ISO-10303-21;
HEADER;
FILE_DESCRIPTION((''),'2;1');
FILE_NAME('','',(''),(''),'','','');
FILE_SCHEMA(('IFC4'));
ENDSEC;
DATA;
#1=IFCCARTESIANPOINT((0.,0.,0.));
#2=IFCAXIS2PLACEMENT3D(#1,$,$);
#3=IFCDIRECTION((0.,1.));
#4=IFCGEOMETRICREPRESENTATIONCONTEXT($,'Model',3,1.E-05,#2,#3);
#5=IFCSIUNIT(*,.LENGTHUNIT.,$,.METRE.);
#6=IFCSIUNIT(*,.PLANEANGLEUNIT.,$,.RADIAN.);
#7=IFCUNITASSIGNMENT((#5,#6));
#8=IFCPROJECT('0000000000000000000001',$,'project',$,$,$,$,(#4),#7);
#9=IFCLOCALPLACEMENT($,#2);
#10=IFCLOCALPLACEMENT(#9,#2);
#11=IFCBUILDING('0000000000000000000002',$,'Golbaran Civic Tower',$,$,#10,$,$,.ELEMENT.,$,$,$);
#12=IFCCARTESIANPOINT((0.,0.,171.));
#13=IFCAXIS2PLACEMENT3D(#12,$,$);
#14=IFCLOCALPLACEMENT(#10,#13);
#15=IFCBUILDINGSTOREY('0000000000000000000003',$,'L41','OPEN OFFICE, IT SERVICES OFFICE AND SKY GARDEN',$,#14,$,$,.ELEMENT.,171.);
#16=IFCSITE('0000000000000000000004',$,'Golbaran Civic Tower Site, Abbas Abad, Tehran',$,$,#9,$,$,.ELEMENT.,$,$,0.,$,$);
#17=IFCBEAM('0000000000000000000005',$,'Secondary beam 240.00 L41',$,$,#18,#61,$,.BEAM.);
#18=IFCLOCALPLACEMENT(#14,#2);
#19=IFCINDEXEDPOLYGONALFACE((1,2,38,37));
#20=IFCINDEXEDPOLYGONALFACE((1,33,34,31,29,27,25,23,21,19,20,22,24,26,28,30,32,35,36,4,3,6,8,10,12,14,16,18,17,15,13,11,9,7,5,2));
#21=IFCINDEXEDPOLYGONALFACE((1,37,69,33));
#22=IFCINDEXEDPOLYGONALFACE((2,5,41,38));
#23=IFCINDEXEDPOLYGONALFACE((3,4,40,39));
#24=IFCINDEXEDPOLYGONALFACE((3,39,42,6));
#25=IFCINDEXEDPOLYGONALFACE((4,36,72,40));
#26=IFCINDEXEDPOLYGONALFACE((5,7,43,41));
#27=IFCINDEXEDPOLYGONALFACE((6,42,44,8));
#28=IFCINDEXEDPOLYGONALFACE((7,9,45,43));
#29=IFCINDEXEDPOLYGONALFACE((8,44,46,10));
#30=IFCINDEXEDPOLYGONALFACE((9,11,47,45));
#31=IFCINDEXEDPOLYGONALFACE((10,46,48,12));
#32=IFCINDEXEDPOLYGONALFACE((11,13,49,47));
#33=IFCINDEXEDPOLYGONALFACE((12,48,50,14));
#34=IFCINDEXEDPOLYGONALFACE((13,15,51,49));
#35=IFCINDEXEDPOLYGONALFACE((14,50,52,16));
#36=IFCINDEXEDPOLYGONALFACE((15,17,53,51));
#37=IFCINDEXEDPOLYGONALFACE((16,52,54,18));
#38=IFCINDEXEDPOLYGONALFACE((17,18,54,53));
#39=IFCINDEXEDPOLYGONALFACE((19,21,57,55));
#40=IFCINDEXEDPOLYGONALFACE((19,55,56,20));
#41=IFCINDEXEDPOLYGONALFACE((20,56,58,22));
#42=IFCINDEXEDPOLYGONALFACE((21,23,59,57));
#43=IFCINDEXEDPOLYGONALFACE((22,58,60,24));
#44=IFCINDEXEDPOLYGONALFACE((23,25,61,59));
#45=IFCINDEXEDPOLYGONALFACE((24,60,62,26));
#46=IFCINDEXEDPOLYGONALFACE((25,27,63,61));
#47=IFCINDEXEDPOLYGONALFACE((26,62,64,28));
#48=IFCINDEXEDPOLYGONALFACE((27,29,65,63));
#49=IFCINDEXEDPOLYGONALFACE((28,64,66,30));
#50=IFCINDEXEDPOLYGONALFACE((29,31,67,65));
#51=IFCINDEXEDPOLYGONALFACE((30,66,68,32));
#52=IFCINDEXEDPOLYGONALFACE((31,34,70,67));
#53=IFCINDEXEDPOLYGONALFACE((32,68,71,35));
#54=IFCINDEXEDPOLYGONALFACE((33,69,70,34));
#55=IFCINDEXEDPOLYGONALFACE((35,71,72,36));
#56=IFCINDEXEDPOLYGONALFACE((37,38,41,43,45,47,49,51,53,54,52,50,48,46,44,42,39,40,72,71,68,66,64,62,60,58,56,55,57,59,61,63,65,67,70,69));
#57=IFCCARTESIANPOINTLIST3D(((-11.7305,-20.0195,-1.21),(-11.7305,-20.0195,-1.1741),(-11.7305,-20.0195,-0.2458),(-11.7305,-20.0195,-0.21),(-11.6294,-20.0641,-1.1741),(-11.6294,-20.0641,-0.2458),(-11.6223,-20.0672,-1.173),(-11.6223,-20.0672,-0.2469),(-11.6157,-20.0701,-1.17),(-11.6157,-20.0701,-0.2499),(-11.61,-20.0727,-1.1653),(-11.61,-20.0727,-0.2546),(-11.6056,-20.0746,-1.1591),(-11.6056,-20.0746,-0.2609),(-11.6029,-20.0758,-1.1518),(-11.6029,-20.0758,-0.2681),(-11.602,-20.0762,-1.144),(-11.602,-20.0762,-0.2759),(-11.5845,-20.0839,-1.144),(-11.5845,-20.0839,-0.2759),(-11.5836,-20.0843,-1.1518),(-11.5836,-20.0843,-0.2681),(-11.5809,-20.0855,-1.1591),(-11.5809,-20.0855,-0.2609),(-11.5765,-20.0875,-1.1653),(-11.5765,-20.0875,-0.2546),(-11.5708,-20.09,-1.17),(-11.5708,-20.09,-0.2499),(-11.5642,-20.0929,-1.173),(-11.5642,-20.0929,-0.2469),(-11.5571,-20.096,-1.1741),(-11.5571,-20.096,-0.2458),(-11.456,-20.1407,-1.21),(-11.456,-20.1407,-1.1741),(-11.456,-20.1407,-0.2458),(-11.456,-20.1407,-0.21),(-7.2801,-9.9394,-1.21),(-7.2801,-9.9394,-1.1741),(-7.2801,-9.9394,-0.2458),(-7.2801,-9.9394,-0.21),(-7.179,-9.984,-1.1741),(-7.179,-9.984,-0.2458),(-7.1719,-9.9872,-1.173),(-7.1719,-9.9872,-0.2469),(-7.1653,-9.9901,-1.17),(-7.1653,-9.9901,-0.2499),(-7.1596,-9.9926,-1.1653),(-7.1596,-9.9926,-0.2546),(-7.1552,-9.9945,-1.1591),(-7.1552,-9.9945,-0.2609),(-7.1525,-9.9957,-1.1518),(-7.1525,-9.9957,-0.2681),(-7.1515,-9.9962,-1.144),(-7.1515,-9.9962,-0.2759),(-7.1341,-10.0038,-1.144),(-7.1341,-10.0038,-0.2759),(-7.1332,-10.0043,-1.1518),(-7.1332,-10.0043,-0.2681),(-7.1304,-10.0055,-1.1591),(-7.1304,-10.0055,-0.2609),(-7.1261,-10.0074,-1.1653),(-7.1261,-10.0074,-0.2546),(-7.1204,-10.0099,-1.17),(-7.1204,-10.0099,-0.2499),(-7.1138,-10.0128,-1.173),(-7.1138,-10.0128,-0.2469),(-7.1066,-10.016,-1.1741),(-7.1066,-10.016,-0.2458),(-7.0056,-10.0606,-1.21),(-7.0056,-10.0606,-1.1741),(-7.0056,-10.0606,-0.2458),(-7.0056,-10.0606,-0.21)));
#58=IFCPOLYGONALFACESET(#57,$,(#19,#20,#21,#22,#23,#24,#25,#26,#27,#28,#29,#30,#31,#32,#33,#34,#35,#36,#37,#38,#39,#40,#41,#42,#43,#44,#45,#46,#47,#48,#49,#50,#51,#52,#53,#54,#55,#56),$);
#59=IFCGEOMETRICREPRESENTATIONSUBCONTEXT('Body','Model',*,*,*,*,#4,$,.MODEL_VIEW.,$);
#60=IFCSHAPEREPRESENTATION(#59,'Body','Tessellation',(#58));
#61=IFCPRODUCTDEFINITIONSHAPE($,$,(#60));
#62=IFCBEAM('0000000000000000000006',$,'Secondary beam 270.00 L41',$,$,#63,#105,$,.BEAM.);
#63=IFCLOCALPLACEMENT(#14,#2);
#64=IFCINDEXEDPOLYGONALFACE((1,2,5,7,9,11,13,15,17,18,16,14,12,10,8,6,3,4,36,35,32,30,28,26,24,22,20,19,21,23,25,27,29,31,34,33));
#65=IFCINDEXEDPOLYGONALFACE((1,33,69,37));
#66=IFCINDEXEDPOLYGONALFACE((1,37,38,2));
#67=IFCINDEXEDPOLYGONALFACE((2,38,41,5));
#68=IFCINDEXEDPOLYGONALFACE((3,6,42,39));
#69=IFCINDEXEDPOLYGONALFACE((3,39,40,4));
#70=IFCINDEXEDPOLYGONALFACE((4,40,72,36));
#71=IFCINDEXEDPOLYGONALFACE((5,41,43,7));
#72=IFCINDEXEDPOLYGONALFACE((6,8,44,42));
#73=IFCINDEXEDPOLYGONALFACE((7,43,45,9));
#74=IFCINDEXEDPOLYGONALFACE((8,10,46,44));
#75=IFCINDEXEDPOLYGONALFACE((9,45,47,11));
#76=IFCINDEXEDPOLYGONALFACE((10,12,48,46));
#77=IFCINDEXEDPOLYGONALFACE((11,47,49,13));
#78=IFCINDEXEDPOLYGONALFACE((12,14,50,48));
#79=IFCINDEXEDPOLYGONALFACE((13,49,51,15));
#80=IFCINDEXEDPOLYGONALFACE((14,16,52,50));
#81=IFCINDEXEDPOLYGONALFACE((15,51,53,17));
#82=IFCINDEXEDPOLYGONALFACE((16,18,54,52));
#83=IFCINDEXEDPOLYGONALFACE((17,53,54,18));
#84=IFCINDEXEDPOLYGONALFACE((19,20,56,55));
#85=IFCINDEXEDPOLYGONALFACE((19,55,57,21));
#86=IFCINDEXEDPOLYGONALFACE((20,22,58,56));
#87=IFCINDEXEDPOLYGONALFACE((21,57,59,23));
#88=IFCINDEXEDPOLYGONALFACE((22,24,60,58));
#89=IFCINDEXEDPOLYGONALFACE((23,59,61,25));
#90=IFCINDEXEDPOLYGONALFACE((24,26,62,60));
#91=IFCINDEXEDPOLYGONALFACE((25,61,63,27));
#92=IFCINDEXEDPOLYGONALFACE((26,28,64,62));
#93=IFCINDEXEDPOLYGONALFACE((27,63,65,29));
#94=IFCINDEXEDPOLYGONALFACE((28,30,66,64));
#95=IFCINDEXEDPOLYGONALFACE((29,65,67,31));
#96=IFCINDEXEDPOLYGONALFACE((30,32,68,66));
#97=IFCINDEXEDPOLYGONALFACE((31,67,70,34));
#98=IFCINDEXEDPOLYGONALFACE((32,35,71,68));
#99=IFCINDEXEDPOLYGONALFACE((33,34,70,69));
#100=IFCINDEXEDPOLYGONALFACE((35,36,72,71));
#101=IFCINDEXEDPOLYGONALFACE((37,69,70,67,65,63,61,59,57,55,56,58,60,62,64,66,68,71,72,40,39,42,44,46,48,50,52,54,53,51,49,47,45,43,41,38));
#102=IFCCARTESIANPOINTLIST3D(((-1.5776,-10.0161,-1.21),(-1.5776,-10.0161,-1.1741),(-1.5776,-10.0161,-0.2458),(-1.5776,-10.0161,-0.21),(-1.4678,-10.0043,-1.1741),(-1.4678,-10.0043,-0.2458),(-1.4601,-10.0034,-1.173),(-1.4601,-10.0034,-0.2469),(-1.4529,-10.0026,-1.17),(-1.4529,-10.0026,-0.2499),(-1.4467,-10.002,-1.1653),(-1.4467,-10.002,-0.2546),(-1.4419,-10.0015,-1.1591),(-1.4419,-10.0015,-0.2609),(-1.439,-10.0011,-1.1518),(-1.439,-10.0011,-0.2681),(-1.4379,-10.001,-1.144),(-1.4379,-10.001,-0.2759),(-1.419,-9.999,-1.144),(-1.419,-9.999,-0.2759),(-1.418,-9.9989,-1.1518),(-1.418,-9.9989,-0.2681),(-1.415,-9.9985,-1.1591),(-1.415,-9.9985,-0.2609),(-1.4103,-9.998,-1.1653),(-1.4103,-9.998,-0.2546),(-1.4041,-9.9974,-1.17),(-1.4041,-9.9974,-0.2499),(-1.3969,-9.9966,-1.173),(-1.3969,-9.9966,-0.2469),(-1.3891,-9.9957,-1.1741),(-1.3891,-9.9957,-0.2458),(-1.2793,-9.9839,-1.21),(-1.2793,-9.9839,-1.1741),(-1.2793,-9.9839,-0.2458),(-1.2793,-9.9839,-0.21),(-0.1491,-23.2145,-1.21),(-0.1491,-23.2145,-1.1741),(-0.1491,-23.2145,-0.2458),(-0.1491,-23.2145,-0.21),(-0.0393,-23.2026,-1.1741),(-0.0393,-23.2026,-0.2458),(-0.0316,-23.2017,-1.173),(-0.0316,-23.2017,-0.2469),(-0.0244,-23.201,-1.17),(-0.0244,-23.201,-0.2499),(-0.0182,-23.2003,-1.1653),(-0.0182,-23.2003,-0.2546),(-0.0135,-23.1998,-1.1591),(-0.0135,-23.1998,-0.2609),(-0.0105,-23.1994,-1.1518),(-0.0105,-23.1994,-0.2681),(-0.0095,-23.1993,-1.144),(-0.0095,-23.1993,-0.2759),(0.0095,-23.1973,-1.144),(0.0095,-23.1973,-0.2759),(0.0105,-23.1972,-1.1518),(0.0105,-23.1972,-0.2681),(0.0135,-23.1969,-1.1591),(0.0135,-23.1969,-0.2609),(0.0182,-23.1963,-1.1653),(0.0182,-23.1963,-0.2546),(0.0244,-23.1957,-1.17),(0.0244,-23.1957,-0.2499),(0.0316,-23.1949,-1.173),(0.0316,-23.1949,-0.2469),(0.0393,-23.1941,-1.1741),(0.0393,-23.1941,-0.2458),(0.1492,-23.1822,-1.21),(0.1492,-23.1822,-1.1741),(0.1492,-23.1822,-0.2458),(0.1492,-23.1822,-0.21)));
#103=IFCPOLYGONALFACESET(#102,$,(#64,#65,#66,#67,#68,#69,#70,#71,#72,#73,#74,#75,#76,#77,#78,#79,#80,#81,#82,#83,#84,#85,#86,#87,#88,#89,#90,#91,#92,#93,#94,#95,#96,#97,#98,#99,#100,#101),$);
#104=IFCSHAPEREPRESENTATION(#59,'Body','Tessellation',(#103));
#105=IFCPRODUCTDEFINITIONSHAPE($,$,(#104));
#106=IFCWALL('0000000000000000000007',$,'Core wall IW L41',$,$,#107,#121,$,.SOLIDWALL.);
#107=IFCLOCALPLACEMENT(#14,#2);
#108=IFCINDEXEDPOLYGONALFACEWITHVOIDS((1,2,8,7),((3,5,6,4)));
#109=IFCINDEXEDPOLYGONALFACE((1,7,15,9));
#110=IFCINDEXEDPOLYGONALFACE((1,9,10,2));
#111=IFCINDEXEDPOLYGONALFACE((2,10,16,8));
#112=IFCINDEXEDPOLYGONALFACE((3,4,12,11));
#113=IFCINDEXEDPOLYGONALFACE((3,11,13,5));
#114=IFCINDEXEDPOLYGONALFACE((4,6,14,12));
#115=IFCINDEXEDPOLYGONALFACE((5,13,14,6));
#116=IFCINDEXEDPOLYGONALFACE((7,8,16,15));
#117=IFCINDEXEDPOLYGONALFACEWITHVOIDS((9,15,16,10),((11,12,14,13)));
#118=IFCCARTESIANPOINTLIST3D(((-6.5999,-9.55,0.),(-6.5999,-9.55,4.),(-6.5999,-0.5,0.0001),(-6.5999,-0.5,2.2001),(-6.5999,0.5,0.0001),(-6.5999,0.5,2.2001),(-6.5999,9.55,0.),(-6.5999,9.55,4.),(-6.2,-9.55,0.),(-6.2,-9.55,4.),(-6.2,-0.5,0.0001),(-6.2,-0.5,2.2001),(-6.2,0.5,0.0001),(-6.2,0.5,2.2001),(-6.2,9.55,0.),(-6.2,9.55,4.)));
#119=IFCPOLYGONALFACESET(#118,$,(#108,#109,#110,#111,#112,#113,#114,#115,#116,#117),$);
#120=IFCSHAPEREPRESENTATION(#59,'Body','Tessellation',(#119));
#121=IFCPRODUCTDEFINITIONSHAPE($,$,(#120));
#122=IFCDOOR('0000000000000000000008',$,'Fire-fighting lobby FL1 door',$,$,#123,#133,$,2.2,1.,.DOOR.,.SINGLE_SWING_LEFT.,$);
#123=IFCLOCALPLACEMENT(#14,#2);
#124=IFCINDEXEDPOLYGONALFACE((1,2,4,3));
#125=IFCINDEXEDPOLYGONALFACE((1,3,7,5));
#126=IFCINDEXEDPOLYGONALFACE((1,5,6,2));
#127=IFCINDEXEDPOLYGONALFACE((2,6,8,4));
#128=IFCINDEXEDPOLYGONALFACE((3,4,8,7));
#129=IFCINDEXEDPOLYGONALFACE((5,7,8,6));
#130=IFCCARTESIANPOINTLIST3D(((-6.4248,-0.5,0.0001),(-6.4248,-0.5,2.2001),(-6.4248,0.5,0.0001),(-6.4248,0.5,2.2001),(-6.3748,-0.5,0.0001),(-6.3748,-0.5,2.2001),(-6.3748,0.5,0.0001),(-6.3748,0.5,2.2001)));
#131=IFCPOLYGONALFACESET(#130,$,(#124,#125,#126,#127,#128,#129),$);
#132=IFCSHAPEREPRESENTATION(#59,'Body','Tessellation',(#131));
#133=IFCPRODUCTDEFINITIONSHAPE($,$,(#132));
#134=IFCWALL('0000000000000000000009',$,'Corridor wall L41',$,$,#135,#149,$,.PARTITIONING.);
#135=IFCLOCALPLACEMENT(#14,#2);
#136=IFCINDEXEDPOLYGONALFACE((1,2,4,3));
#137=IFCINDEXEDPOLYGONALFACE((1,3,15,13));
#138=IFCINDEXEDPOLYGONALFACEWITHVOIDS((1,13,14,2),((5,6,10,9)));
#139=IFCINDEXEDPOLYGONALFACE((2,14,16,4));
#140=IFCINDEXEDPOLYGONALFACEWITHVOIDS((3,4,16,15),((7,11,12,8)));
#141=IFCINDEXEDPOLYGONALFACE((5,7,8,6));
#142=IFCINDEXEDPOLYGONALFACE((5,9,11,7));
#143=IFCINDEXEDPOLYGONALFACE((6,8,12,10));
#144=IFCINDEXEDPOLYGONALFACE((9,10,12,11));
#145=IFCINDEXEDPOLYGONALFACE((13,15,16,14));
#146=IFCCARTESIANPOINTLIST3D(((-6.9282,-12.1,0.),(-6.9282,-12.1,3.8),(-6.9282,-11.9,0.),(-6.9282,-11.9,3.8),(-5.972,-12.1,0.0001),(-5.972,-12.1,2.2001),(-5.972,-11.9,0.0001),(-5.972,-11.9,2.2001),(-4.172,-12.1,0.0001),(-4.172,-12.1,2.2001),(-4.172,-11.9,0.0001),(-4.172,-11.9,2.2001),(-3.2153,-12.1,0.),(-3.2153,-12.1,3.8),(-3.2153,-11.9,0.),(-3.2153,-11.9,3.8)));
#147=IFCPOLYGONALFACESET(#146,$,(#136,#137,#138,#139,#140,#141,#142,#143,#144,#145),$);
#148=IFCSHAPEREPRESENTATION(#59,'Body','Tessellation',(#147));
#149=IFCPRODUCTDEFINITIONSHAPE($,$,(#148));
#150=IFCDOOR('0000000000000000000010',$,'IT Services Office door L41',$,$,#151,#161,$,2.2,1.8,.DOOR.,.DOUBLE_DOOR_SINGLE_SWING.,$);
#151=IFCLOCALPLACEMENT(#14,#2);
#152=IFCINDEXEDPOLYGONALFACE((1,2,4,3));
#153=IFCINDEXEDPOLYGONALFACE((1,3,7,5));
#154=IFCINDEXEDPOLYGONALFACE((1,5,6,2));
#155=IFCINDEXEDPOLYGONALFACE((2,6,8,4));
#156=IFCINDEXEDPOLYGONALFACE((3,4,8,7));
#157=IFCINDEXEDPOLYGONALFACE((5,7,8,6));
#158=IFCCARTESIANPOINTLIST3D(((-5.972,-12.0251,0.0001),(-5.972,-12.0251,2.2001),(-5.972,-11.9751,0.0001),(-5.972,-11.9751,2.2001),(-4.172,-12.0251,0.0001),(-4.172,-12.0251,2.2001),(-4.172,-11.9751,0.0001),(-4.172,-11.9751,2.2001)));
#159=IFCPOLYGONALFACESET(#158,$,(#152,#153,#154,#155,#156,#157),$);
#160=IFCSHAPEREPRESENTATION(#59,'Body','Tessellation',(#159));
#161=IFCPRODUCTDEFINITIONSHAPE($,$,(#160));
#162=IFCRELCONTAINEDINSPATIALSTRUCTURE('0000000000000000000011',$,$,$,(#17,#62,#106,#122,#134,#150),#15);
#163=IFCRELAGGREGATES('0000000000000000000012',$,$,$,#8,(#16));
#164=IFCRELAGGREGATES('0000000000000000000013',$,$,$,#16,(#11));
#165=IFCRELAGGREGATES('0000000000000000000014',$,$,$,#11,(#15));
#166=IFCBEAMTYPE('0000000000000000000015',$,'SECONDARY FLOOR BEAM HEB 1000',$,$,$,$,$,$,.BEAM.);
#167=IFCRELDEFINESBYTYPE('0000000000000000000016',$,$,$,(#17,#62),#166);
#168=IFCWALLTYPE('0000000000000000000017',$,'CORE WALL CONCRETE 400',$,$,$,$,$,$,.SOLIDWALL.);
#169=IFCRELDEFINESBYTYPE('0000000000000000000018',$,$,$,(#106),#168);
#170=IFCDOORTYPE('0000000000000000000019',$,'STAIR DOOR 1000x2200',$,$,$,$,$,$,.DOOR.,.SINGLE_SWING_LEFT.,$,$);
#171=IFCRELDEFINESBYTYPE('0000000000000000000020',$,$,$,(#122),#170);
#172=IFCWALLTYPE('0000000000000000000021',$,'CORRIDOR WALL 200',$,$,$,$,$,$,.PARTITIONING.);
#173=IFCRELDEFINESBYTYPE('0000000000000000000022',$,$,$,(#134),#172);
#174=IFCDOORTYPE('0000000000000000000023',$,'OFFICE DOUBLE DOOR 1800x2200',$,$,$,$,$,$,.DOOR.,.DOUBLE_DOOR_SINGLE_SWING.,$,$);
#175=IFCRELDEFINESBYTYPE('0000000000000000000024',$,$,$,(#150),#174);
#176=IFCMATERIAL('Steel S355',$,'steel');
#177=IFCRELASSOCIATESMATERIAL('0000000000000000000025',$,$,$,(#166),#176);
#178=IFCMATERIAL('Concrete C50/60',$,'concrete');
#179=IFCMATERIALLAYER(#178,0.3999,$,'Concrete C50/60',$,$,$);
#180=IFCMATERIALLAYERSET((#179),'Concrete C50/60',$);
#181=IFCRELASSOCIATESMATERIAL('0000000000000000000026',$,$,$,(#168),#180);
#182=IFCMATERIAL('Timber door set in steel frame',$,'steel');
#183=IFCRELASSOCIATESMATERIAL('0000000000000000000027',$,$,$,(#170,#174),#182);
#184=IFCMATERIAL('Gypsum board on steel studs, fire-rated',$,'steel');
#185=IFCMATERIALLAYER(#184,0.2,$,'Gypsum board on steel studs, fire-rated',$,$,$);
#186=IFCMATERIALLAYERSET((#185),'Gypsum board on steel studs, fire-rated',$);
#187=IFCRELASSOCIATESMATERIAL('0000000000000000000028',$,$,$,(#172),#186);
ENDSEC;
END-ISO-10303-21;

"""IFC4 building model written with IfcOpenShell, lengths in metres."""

from ifc_helpers import new_model, si_unit, direction, frame, frame_2d, origin, origin_2d, place, context, subcontext, project, spatial, rectangle, i_section, extrude, material, layer, layer_set, material_profile, profile_set, type_object, element, fill, save


model = new_model("IFC4")

# Units and contexts
model_context = context("Model", 3, precision=1e-05, world=origin(), true_north=direction((0.0, 1.0)))
body_context = subcontext(model_context, "Body", "Model", "MODEL_VIEW")
ifc_project = project(units=[si_unit("LENGTHUNIT", "METRE"), si_unit("PLANEANGLEUNIT", "RADIAN")], contexts=[model_context])

# Site, building, storey
site_placement = place(None, origin())
site = spatial("IfcSite", under=ifc_project, at=site_placement, Name="Golbaran Civic Tower Site, Abbas Abad, Tehran", CompositionType="ELEMENT", RefElevation=0.0)
building_placement = place(site_placement, origin())
building = spatial("IfcBuilding", under=site, at=building_placement, Name="Golbaran Civic Tower", CompositionType="ELEMENT")
storey_placement = place(building_placement, frame((0.0, 0.0, 171.0)))
storey = spatial("IfcBuildingStorey", under=building, at=storey_placement, Name="L41", Description="OPEN OFFICE, IT SERVICES OFFICE AND SKY GARDEN", CompositionType="ELEMENT", Elevation=171.0)

# Beams
ifc_material_1 = material(Name="Steel S355", Category="steel")
ifc_material_profile_1 = material_profile(ifc_material_1, i_section(OverallWidth=0.3, OverallDepth=1.0, WebThickness=0.019, FlangeThickness=0.0359, FilletRadius=0.03, at=origin_2d()), Name="HEB 1000")
ifc_profile_set_1 = profile_set([ifc_material_profile_1], Name="Steel S355")
beam_type_1 = type_object("IfcBeamType", Name="SECONDARY FLOOR BEAM HEB 1000", PredefinedType="BEAM", material=ifc_profile_set_1)
beam_1_placement = place(storey_placement, frame((-7.1428, -10.0, -0.71), z_axis=(-0.403894, -0.914806, 0.0), x_axis=(0.914806, -0.403894, 0.0)))
element("IfcBeam", 1, at=beam_1_placement, inside=storey, type_object=beam_type_1, Name="Secondary beam 240.00 L41", PredefinedType="BEAM", context=body_context, shape_type="SweptSolid", body=[
    extrude(i_section(OverallWidth=0.3, OverallDepth=1.0, WebThickness=0.019, FlangeThickness=0.0359, FilletRadius=0.03, at=origin_2d()), origin(), (0.0, 0.0, 1.0), 11.0188),
])
beam_2_placement = place(storey_placement, frame((-1.4285, -10.0, -0.71), z_axis=(0.107603, -0.994194, 0.0), x_axis=(0.994194, 0.107603, 0.0)))
element("IfcBeam", 2, at=beam_2_placement, inside=storey, type_object=beam_type_1, Name="Secondary beam 270.00 L41", PredefinedType="BEAM", context=body_context, shape_type="SweptSolid", body=[
    extrude(i_section(OverallWidth=0.3, OverallDepth=1.0, WebThickness=0.019, FlangeThickness=0.0359, FilletRadius=0.03, at=origin_2d()), origin(), (0.0, 0.0, 1.0), 13.2754),
])

# Walls, openings, doors
ifc_material_2 = material(Name="Concrete C50/60", Category="concrete")
ifc_layer_1 = layer(ifc_material_2, 0.3999, Name="Concrete C50/60")
ifc_layer_set_1 = layer_set([ifc_layer_1], Name="Concrete C50/60")
wall_type_1 = type_object("IfcWallType", Name="CORE WALL CONCRETE 400", PredefinedType="SOLIDWALL", material=ifc_layer_set_1)
wall_1_placement = place(storey_placement, frame((-6.3999, -9.55, 0.0), z_axis=(0.0, 0.0, 1.0), x_axis=(0.0, 1.0, 0.0)))
wall_1 = element("IfcWall", 3, at=wall_1_placement, inside=storey, type_object=wall_type_1, Name="Core wall IW L41", PredefinedType="SOLIDWALL", context=body_context, shape_type="SweptSolid", body=[
    extrude(rectangle(XDim=19.1001, YDim=0.3999, at=frame_2d((9.55, 0.0))), origin(), (0.0, 0.0, 1.0), 4.0),
])
opening_1_placement = place(wall_1_placement, frame((9.05, 0.0, 0.0)))
opening_1 = element("IfcOpeningElement", 4, at=opening_1_placement, cuts=wall_1, PredefinedType="OPENING", context=body_context, shape_type="SweptSolid", body=[
    extrude(rectangle(XDim=1.0, YDim=2.2, at=frame_2d((0.5, 1.1001))), frame((0.0, 0.21, 0.0), z_axis=(0.0, -1.0, 0.0), x_axis=(1.0, 0.0, 0.0)), (0.0, 0.0, 1.0), 0.4199),
])
ifc_material_3 = material(Name="Timber door set in steel frame", Category="steel")
door_type_1 = type_object("IfcDoorType", Name="STAIR DOOR 1000x2200", OperationType="SINGLE_SWING_LEFT", PredefinedType="DOOR", material=ifc_material_3)
door_1_placement = place(opening_1_placement, origin())
door_1 = element("IfcDoor", 5, at=door_1_placement, inside=storey, type_object=door_type_1, Name="Fire-fighting lobby FL1 door", OperationType="SINGLE_SWING_LEFT", OverallHeight=2.2, OverallWidth=1.0, PredefinedType="DOOR", context=body_context, shape_type="SweptSolid", body=[
    extrude(rectangle(XDim=1.0, YDim=2.2, at=frame_2d((0.5, 1.1001))), frame((0.0, 0.0249, 0.0), z_axis=(0.0, -1.0, 0.0), x_axis=(1.0, 0.0, 0.0)), (0.0, 0.0, 1.0), 0.05),
])
fill(opening_1, door_1)
ifc_material_4 = material(Name="Gypsum board on steel studs, fire-rated", Category="steel")
ifc_layer_2 = layer(ifc_material_4, 0.2, Name="Gypsum board on steel studs, fire-rated")
ifc_layer_set_2 = layer_set([ifc_layer_2], Name="Gypsum board on steel studs, fire-rated")
wall_type_2 = type_object("IfcWallType", Name="CORRIDOR WALL 200", PredefinedType="PARTITIONING", material=ifc_layer_set_2)
wall_2_placement = place(storey_placement, frame((-6.9282, -12.0, 0.0), z_axis=(0.0, 0.0, 1.0), x_axis=(1.0, 0.0, 0.0)))
wall_2 = element("IfcWall", 6, at=wall_2_placement, inside=storey, type_object=wall_type_2, Name="Corridor wall L41", PredefinedType="PARTITIONING", context=body_context, shape_type="SweptSolid", body=[
    extrude(rectangle(XDim=3.7129, YDim=0.2, at=frame_2d((1.8564, 0.0))), origin(), (0.0, 0.0, 1.0), 3.8),
])
opening_2_placement = place(wall_2_placement, frame((0.9563, 0.0, 0.0)))
opening_2 = element("IfcOpeningElement", 7, at=opening_2_placement, cuts=wall_2, PredefinedType="OPENING", context=body_context, shape_type="SweptSolid", body=[
    extrude(rectangle(XDim=1.8, YDim=2.2, at=frame_2d((0.8999, 1.1001))), frame((0.0, 0.1099, 0.0), z_axis=(0.0, -1.0, 0.0), x_axis=(1.0, 0.0, 0.0)), (0.0, 0.0, 1.0), 0.22),
])
door_type_2 = type_object("IfcDoorType", Name="OFFICE DOUBLE DOOR 1800x2200", OperationType="DOUBLE_DOOR_SINGLE_SWING", PredefinedType="DOOR", material=ifc_material_3)
door_2_placement = place(opening_2_placement, origin())
door_2 = element("IfcDoor", 8, at=door_2_placement, inside=storey, type_object=door_type_2, Name="IT Services Office door L41", OperationType="DOUBLE_DOOR_SINGLE_SWING", OverallHeight=2.2, OverallWidth=1.8, PredefinedType="DOOR", context=body_context, shape_type="SweptSolid", body=[
    extrude(rectangle(XDim=1.8, YDim=2.2, at=frame_2d((0.8999, 1.1001))), frame((0.0, 0.0249, 0.0), z_axis=(0.0, -1.0, 0.0), x_axis=(1.0, 0.0, 0.0)), (0.0, 0.0, 1.0), 0.05),
])
fill(opening_2, door_2)

save(model, "model.ifc")
